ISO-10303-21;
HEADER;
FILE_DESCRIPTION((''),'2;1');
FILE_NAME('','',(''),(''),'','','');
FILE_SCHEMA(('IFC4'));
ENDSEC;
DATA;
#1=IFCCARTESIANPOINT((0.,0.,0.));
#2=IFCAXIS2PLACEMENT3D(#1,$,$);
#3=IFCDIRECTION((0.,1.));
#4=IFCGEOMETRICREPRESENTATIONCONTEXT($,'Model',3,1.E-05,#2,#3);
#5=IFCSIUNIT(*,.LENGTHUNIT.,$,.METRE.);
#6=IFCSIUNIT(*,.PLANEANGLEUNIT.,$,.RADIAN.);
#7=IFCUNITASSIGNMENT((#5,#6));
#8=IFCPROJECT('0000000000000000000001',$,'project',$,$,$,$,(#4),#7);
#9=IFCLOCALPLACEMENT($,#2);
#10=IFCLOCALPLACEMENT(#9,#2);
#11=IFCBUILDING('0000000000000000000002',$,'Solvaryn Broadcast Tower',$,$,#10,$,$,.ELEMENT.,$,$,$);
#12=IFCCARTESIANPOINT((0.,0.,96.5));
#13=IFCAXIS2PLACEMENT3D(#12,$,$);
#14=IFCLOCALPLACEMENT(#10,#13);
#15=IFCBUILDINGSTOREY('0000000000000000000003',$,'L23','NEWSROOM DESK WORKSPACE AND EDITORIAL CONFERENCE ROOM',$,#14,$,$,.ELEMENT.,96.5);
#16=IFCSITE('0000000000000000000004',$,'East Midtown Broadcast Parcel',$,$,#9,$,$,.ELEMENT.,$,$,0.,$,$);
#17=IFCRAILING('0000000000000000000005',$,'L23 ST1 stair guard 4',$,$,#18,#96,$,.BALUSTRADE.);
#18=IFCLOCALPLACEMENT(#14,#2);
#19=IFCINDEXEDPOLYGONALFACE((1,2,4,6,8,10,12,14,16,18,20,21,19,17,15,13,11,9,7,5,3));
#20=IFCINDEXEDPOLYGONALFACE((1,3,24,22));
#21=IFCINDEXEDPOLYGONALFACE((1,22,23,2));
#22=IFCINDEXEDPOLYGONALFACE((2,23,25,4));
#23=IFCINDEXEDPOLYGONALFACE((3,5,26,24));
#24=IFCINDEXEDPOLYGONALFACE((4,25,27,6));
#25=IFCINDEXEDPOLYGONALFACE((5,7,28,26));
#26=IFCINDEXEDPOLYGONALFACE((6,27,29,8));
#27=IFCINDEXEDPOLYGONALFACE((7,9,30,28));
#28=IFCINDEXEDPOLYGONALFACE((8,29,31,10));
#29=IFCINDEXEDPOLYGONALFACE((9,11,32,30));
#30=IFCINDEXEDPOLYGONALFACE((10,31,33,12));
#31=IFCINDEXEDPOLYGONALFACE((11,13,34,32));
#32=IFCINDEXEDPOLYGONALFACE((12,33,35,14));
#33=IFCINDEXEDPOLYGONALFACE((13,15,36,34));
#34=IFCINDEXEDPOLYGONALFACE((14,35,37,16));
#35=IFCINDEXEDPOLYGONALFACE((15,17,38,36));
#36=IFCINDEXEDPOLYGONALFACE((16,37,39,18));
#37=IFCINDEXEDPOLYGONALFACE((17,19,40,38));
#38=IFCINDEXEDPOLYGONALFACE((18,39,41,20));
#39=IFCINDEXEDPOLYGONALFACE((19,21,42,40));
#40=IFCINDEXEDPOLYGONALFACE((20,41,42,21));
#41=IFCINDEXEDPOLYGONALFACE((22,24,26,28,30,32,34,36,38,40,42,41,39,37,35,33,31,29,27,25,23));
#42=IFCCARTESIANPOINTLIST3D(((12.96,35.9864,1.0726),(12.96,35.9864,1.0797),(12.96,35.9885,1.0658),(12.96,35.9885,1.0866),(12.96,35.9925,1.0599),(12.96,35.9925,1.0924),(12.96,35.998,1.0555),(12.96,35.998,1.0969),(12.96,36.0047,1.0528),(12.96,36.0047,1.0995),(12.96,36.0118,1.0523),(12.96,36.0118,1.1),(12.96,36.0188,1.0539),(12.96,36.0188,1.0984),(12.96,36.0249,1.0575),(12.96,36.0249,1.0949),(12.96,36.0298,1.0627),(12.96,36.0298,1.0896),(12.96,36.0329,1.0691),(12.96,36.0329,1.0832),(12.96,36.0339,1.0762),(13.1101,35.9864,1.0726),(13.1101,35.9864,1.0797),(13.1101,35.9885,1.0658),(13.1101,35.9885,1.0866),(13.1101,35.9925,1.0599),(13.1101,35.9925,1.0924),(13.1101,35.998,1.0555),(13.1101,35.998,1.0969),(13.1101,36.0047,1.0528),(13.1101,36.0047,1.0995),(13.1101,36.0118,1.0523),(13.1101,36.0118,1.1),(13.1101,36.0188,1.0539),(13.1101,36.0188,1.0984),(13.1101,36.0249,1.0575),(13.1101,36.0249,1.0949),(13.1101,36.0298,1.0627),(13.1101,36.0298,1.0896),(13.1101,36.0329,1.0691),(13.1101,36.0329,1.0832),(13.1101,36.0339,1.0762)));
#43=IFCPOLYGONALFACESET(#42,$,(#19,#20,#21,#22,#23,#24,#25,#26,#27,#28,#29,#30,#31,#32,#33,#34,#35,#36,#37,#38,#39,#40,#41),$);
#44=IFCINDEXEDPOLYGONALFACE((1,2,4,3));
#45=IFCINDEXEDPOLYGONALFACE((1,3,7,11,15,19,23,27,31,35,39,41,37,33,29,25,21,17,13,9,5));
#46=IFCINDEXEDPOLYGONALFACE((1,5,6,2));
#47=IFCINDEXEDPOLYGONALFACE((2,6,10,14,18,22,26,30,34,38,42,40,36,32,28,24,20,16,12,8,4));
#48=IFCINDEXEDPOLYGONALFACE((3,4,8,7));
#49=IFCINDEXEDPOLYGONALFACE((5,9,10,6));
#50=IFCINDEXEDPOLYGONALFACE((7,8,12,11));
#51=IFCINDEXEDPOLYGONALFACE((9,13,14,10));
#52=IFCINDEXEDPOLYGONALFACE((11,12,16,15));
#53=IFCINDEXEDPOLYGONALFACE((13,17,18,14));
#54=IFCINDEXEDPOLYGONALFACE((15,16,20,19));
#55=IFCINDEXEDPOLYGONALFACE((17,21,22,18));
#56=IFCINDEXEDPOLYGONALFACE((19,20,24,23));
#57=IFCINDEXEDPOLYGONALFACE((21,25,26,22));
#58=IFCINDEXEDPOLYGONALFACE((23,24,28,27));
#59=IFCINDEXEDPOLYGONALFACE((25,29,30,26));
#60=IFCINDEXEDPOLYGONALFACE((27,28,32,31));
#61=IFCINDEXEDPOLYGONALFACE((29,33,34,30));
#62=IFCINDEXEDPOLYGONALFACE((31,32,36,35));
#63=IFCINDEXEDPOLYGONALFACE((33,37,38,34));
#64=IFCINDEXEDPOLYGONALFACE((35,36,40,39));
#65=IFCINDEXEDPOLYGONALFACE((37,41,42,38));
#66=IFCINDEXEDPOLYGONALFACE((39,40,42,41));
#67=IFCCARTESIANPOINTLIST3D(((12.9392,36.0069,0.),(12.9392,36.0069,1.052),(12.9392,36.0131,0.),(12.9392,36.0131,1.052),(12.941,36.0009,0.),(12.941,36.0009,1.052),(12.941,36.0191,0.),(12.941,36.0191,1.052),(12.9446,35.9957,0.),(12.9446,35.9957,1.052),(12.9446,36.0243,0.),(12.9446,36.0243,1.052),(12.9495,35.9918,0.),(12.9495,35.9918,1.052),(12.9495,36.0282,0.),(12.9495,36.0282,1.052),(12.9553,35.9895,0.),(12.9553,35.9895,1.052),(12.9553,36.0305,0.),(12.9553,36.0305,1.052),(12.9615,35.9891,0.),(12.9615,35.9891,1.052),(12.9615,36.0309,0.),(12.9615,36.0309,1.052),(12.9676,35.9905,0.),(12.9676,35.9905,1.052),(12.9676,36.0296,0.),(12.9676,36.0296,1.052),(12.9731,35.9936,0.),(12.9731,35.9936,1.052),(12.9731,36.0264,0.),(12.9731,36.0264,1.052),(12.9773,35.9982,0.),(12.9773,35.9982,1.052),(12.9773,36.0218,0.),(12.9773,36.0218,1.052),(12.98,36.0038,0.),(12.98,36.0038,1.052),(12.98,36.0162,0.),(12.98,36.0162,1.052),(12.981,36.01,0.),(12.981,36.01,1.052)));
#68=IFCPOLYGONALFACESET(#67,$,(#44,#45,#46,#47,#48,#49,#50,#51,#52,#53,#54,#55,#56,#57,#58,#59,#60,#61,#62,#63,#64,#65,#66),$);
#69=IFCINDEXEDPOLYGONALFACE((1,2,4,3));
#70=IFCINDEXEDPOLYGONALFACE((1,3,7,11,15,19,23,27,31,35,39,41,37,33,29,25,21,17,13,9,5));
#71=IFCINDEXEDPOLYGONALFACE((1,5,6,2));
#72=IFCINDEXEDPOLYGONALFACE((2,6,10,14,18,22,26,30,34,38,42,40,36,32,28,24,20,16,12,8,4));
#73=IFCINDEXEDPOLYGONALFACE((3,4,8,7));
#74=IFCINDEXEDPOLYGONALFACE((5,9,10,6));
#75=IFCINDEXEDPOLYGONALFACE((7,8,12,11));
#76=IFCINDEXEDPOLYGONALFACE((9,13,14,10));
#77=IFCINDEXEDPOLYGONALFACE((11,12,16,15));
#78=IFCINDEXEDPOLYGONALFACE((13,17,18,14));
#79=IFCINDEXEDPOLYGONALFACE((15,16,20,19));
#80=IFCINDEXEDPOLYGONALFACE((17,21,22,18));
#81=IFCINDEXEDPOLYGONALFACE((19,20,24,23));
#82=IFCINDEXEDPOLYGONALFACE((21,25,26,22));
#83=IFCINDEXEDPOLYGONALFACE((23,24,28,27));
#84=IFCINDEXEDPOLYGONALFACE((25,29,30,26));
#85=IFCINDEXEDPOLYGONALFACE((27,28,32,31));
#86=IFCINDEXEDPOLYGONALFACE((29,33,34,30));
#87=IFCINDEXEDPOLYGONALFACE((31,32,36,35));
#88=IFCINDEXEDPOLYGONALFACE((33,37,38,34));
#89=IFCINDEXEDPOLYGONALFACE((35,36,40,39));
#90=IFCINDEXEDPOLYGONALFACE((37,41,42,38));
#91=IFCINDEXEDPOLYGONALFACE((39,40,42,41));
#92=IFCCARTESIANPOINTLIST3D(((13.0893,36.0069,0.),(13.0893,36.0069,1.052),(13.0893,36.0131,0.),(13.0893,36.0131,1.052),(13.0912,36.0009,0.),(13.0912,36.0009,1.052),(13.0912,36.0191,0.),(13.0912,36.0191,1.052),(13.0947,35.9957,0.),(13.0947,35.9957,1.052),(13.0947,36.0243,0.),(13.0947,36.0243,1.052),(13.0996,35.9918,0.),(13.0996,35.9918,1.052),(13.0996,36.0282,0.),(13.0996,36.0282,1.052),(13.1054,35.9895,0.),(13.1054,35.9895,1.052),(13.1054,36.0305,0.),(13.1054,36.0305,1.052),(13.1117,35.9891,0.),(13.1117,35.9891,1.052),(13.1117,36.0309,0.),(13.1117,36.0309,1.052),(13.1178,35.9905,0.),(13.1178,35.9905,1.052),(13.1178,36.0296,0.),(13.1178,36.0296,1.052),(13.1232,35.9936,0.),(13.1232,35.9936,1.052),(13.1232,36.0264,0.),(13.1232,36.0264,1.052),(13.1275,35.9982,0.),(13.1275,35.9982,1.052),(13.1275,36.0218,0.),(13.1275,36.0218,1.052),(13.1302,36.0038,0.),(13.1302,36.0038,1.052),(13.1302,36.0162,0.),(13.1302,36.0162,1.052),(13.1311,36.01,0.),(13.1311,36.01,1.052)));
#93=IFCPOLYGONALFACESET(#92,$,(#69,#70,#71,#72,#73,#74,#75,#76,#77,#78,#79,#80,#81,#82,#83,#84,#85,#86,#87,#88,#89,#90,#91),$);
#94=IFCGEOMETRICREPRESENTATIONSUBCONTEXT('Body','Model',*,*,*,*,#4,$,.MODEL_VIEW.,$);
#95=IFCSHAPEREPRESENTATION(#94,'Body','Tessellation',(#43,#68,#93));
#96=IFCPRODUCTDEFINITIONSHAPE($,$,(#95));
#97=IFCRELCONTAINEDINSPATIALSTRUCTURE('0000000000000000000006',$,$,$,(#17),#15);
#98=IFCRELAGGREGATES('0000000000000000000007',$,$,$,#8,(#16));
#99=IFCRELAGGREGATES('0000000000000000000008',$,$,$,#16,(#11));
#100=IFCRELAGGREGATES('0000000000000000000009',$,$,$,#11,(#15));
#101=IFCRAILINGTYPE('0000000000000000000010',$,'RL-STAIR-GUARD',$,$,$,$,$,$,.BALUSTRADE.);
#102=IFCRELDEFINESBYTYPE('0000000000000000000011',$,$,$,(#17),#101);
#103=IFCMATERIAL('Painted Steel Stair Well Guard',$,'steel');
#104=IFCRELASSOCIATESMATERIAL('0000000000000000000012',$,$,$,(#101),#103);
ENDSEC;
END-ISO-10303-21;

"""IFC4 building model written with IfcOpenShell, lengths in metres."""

from ifc_helpers import new_model, si_unit, direction, frame, origin, origin_2d, place, context, subcontext, project, spatial, circle, extrude, material, type_object, element, save


model = new_model("IFC4")

# Units and contexts
model_context = context("Model", 3, precision=1e-05, world=origin(), true_north=direction((0.0, 1.0)))
body_context = subcontext(model_context, "Body", "Model", "MODEL_VIEW")
ifc_project = project(units=[si_unit("LENGTHUNIT", "METRE"), si_unit("PLANEANGLEUNIT", "RADIAN")], contexts=[model_context])

# Site, building, storey
site_placement = place(None, origin())
site = spatial("IfcSite", under=ifc_project, at=site_placement, Name="East Midtown Broadcast Parcel", CompositionType="ELEMENT", RefElevation=0.0)
building_placement = place(site_placement, origin())
building = spatial("IfcBuilding", under=site, at=building_placement, Name="Solvaryn Broadcast Tower", CompositionType="ELEMENT")
storey_placement = place(building_placement, frame((0.0, 0.0, 96.5)))
storey = spatial("IfcBuildingStorey", under=building, at=storey_placement, Name="L23", Description="NEWSROOM DESK WORKSPACE AND EDITORIAL CONFERENCE ROOM", CompositionType="ELEMENT", Elevation=96.5)

# Railing
ifc_material_1 = material(Name="Painted Steel Stair Well Guard", Category="steel")
railing_type_1 = type_object("IfcRailingType", Name="RL-STAIR-GUARD", PredefinedType="BALUSTRADE", material=ifc_material_1)
railing_1_placement = place(storey_placement, frame((12.96, 36.01, 0.0)))
element("IfcRailing", 1, at=railing_1_placement, inside=storey, type_object=railing_type_1, Name="L23 ST1 stair guard 4", PredefinedType="BALUSTRADE", context=body_context, shape_type="SweptSolid", body=[
    extrude(circle(Radius=0.0239, at=origin_2d()), frame((0.0, 0.0, 1.0762), z_axis=(1.0, 0.0, 0.0), x_axis=(0.0, 1.0, 0.0)), (0.0, 0.0, 1.0), 0.1501),
    extrude(circle(Radius=0.021, at=origin_2d()), origin(), (0.0, 0.0, 1.0), 1.052),
    extrude(circle(Radius=0.021, at=origin_2d()), frame((0.1501, 0.0, 0.0)), (0.0, 0.0, 1.0), 1.052),
])

save(model, "model.ifc")
